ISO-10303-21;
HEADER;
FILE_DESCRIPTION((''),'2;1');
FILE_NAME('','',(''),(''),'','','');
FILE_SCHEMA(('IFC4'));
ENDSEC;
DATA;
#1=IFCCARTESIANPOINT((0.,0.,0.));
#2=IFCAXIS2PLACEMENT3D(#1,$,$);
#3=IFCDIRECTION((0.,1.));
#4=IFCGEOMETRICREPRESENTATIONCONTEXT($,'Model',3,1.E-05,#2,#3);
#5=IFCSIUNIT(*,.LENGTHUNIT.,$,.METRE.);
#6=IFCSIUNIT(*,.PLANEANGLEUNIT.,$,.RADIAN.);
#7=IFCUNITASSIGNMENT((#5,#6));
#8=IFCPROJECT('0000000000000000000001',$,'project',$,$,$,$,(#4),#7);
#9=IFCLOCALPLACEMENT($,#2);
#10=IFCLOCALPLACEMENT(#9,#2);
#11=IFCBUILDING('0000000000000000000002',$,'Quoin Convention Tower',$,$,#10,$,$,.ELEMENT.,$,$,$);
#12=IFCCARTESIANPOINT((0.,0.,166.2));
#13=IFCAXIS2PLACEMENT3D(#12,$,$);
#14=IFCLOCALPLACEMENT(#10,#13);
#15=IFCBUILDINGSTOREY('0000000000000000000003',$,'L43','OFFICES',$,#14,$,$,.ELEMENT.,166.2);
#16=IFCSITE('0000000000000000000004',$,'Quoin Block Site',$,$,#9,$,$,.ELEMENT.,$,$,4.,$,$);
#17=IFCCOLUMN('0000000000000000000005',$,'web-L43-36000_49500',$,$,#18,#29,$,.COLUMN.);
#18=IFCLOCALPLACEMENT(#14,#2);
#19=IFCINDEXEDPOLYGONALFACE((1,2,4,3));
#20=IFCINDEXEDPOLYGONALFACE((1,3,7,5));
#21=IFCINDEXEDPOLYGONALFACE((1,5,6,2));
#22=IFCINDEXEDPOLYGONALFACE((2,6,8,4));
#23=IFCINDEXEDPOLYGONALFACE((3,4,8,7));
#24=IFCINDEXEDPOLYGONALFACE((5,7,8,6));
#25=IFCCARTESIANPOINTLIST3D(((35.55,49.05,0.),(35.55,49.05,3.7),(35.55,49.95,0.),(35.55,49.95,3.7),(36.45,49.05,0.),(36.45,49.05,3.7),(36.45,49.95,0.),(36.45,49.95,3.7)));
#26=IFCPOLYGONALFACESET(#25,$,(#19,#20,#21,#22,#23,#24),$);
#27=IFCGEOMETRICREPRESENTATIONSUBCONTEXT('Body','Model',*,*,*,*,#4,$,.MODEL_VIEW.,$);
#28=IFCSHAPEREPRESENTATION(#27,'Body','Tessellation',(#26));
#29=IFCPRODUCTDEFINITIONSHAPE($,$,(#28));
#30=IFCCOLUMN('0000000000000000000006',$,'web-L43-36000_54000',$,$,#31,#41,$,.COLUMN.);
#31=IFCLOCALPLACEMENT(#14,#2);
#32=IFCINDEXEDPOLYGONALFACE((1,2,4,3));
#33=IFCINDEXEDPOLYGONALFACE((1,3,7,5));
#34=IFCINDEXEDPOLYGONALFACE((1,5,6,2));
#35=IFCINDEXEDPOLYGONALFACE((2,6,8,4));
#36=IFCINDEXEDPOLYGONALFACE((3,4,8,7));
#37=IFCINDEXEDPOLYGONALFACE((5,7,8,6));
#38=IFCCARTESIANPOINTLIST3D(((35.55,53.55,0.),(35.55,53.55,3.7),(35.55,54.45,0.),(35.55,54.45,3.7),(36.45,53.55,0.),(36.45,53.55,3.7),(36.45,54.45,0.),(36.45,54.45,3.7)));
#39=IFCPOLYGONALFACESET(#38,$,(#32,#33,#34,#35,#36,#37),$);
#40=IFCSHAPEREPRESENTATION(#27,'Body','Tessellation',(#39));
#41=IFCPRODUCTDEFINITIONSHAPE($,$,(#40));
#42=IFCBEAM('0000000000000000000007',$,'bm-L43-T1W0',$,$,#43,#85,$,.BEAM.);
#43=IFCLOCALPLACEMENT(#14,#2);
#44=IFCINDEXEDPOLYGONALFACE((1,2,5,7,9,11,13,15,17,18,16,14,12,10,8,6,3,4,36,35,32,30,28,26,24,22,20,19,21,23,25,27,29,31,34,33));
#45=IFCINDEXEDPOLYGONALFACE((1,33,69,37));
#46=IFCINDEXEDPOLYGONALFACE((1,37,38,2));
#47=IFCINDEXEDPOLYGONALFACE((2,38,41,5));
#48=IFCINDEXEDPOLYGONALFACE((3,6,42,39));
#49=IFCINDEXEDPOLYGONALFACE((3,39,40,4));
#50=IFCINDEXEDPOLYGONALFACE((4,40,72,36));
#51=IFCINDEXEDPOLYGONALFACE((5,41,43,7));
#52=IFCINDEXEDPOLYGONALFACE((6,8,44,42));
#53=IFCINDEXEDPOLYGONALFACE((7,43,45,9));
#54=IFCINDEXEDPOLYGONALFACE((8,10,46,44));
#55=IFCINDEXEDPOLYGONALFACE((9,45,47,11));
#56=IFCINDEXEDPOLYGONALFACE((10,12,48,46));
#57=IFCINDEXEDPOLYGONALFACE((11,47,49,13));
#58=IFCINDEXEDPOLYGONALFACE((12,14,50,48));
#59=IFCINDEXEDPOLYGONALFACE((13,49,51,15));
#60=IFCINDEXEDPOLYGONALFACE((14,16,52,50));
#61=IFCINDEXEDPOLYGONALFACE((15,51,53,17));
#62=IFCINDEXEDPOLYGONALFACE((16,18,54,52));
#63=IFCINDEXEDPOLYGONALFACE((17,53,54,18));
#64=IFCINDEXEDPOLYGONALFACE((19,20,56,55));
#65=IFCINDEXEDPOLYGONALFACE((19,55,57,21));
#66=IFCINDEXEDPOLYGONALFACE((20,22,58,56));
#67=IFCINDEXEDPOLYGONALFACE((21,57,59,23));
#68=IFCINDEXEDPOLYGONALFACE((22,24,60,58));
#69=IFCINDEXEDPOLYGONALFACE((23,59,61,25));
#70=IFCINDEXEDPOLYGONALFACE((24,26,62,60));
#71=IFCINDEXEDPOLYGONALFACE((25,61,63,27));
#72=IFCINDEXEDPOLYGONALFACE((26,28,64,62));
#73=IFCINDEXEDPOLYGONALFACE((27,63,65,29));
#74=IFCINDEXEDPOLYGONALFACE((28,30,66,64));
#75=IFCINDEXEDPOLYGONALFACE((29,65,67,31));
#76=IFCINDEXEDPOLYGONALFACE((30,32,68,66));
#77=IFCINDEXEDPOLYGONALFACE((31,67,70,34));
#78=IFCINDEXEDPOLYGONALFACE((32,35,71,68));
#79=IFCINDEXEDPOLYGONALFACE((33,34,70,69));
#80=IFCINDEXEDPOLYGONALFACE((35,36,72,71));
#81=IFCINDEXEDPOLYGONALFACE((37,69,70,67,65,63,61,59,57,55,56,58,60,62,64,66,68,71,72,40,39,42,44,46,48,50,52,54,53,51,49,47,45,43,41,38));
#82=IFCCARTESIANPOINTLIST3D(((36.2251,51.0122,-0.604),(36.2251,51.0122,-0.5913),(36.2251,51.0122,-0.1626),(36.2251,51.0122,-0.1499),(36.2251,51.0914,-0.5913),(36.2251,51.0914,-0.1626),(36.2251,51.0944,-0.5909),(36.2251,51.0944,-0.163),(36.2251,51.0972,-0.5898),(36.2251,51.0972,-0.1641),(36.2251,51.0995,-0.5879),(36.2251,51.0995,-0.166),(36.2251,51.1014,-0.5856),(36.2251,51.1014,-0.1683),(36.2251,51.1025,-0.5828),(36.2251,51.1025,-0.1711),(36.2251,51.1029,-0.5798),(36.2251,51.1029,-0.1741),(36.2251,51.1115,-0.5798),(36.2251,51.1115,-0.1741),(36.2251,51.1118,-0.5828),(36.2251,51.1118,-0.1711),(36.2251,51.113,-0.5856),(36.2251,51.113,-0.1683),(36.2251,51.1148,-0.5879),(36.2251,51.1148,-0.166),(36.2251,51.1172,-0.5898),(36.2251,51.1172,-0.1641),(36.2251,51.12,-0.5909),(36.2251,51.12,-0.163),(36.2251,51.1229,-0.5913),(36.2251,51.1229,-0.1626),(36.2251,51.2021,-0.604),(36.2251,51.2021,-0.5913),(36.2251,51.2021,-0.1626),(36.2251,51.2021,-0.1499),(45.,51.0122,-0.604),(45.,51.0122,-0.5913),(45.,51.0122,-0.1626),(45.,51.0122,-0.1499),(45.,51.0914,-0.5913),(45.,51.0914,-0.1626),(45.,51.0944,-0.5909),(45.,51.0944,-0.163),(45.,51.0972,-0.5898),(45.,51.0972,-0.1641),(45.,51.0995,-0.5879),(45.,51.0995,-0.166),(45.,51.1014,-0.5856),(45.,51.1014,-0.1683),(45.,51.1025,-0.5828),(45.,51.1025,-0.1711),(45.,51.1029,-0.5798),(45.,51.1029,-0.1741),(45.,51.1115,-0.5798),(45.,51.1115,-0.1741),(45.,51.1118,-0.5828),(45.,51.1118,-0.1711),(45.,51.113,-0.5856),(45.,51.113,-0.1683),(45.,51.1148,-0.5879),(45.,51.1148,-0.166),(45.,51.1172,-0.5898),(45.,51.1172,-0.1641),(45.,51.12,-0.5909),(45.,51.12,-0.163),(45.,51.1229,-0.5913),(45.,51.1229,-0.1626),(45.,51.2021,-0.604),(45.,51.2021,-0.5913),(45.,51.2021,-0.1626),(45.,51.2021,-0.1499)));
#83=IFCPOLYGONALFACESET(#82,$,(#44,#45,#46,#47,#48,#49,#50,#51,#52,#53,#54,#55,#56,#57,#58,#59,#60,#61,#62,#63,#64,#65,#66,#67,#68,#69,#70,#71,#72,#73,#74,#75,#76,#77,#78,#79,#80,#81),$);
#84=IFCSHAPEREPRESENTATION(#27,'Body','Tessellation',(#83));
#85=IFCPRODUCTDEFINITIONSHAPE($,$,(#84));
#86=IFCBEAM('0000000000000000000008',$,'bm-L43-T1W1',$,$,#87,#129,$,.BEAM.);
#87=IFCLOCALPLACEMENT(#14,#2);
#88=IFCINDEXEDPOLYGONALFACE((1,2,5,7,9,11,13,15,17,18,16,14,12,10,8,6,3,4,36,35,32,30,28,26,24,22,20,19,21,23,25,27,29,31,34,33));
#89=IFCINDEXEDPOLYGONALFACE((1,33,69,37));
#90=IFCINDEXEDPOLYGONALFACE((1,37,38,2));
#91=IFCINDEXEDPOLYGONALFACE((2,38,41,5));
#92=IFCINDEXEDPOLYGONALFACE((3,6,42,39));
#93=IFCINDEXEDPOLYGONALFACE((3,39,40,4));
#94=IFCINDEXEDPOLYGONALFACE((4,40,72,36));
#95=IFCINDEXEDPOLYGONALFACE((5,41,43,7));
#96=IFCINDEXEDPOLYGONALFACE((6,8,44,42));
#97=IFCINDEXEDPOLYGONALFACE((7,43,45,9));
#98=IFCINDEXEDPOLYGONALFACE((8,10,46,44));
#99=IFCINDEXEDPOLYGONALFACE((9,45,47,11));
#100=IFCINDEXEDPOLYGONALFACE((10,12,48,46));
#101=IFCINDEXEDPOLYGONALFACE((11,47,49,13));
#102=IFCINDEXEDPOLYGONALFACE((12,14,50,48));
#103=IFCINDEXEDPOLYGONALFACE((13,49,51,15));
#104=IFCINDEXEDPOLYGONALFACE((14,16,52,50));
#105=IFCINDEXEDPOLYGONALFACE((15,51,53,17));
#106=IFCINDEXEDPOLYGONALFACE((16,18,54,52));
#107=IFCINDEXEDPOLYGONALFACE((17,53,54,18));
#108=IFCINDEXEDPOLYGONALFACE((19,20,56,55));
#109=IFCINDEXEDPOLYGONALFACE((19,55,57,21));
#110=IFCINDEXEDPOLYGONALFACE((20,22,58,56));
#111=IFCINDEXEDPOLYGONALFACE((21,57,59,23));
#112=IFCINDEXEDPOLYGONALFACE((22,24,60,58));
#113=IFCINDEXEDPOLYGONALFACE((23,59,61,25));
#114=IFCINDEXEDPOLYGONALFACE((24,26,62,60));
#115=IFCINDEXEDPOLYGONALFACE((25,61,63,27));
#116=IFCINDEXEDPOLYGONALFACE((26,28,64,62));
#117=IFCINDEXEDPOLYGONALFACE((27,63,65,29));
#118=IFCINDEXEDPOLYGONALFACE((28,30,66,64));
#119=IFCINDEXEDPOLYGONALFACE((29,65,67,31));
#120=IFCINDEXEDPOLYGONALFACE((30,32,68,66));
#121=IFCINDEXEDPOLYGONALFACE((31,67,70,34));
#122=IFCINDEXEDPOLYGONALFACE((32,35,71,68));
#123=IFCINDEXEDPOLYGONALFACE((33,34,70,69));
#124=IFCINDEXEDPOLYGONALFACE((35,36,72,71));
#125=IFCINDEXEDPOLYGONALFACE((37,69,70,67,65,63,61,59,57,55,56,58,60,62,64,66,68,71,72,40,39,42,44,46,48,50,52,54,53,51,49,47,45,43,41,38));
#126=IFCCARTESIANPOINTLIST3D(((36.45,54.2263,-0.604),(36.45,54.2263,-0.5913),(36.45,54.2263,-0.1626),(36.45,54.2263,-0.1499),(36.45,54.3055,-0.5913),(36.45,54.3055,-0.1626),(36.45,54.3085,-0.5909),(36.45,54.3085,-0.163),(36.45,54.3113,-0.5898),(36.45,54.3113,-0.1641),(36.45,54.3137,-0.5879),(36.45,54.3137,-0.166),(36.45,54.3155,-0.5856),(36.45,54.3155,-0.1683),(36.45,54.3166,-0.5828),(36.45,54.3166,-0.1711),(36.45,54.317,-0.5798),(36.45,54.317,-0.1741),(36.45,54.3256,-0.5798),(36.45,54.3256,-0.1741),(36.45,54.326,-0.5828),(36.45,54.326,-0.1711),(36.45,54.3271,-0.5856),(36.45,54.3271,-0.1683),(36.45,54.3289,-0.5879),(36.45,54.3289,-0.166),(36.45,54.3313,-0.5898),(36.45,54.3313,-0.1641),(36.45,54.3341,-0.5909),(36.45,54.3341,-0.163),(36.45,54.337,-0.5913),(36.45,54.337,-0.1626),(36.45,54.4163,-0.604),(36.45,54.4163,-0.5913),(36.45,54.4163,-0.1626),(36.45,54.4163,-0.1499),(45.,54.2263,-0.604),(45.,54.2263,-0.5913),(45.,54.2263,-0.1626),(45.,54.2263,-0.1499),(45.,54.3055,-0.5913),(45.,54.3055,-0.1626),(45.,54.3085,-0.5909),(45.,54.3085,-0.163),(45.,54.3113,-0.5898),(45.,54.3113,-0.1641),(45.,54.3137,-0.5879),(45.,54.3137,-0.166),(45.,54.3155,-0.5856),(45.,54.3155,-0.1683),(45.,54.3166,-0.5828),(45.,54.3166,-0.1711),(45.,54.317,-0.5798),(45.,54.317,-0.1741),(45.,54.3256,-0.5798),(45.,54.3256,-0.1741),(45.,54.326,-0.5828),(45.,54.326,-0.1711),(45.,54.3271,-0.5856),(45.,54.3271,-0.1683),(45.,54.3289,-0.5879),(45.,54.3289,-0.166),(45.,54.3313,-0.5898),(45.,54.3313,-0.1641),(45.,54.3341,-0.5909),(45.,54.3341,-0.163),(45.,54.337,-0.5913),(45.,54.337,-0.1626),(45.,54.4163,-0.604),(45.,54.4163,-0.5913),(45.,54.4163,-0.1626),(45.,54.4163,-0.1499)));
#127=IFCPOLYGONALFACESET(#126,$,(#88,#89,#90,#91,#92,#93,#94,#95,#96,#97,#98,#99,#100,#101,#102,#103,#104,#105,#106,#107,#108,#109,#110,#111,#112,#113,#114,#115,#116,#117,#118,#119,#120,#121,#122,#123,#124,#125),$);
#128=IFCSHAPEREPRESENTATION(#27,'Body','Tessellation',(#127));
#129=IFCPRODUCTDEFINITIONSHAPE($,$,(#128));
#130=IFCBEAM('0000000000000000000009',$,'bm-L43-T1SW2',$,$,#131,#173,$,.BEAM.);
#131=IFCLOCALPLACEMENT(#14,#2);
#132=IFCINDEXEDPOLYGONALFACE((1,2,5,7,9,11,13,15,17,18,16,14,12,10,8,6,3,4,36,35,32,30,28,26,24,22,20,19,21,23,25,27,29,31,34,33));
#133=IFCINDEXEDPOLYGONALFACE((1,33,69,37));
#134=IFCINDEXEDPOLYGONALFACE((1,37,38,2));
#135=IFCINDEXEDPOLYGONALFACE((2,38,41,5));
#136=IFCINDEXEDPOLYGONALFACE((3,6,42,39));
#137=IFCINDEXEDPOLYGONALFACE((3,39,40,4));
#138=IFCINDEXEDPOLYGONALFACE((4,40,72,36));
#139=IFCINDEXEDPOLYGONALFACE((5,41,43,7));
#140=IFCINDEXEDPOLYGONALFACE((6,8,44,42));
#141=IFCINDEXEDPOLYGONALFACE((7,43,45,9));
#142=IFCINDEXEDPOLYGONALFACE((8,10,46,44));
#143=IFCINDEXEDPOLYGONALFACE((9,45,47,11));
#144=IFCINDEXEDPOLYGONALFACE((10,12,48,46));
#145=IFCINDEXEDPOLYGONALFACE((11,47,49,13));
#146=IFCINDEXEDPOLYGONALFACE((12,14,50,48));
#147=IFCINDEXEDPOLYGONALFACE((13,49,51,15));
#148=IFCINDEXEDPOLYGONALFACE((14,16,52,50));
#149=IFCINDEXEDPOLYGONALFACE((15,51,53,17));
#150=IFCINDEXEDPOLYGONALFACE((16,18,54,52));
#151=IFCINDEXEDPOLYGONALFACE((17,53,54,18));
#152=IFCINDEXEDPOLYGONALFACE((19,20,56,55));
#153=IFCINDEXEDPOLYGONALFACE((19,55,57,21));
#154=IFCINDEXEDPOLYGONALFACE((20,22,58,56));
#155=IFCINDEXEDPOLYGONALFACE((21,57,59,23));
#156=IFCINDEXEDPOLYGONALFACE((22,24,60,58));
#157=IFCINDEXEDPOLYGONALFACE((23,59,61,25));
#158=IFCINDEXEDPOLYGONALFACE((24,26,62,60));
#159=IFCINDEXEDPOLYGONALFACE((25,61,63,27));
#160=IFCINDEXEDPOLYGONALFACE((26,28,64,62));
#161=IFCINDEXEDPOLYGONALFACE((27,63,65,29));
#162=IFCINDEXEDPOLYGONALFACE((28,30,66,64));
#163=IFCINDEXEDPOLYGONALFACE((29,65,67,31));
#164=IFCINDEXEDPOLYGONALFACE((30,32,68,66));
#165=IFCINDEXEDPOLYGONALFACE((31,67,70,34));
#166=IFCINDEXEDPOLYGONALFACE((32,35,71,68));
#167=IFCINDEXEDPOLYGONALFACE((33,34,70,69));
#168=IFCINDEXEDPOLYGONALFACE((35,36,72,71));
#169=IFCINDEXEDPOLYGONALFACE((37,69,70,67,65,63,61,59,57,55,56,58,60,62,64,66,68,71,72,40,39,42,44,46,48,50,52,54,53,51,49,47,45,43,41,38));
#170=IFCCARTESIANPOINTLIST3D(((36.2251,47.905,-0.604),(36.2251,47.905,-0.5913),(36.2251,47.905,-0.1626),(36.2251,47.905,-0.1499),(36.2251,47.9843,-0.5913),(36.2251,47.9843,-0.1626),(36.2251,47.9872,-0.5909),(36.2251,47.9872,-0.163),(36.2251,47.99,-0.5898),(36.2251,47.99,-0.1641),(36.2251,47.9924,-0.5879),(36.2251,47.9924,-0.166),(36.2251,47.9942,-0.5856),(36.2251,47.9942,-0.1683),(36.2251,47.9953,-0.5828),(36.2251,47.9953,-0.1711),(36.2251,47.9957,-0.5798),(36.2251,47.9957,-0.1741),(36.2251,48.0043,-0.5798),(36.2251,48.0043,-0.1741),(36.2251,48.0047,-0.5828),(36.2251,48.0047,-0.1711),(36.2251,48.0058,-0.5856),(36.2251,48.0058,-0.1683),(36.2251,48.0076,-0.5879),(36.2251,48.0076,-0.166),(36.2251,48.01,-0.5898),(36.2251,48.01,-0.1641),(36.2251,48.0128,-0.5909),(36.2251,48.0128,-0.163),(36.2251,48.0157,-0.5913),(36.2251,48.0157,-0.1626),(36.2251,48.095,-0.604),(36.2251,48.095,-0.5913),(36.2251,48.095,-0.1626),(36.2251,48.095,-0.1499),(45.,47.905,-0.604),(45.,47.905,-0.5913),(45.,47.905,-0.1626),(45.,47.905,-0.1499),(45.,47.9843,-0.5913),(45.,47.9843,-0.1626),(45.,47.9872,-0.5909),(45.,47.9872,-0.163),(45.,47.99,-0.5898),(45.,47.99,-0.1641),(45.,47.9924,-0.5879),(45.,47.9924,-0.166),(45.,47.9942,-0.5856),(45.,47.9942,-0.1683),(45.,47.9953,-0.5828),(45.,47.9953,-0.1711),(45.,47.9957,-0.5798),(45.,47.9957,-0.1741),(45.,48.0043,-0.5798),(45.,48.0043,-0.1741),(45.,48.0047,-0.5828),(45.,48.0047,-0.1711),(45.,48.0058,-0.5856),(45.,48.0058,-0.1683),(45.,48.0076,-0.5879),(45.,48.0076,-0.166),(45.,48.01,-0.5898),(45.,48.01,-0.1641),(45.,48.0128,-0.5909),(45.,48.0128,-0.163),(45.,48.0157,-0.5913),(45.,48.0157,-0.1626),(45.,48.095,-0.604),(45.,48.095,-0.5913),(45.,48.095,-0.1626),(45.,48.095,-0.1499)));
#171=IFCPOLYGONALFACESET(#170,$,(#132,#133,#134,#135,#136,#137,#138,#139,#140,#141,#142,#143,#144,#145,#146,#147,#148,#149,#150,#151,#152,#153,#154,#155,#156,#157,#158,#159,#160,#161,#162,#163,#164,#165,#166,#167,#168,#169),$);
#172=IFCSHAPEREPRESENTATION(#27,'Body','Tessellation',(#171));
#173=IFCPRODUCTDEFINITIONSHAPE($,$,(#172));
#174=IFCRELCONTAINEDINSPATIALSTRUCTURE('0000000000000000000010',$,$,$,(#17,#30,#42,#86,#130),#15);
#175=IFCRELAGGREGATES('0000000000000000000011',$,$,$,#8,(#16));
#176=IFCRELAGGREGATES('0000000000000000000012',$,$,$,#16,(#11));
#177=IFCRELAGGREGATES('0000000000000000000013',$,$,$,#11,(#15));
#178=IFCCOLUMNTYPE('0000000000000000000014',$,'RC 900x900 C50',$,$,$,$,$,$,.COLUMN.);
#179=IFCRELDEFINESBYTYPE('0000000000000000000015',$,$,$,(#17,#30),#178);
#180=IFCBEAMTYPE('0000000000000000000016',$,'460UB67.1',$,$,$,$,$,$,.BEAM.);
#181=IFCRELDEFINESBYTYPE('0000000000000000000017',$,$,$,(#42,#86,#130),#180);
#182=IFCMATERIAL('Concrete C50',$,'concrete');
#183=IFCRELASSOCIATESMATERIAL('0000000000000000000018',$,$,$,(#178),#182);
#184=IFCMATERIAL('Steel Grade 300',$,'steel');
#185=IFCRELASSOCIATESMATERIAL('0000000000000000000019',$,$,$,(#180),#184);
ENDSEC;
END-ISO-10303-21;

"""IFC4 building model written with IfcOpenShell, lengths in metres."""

from ifc_helpers import new_model, si_unit, direction, frame, origin, origin_2d, place, context, subcontext, project, spatial, rectangle, i_section, extrude, material, material_profile, profile_set, type_object, element, save


model = new_model("IFC4")

# Units and contexts
model_context = context("Model", 3, precision=1e-05, world=origin(), true_north=direction((0.0, 1.0)))
body_context = subcontext(model_context, "Body", "Model", "MODEL_VIEW")
ifc_project = project(units=[si_unit("LENGTHUNIT", "METRE"), si_unit("PLANEANGLEUNIT", "RADIAN")], contexts=[model_context])

# Site, building, storey
site_placement = place(None, origin())
site = spatial("IfcSite", under=ifc_project, at=site_placement, Name="Quoin Block Site", CompositionType="ELEMENT", RefElevation=4.0)
building_placement = place(site_placement, origin())
building = spatial("IfcBuilding", under=site, at=building_placement, Name="Quoin Convention Tower", CompositionType="ELEMENT")
storey_placement = place(building_placement, frame((0.0, 0.0, 166.2)))
storey = spatial("IfcBuildingStorey", under=building, at=storey_placement, Name="L43", Description="OFFICES", CompositionType="ELEMENT", Elevation=166.2)

# Columns
ifc_material_1 = material(Name="Concrete C50", Category="concrete")
ifc_material_profile_1 = material_profile(ifc_material_1, rectangle(XDim=0.8999, YDim=0.8999, at=origin_2d()), Name="RC 900x900")
ifc_profile_set_1 = profile_set([ifc_material_profile_1], Name="Concrete C50")
column_type = type_object("IfcColumnType", Name="RC 900x900 C50", PredefinedType="COLUMN", material=ifc_profile_set_1)
for number, where, z_axis, x_axis, name in (
    (1, (36.0, 49.5, 0.0), (0.0, 0.0, 1.0), (1.0, 0.0, 0.0), "web-L43-36000_49500"),
    (2, (36.0, 54.0, 0.0), (0.0, 0.0, 1.0), (1.0, 0.0, 0.0), "web-L43-36000_54000"),
):
    element("IfcColumn", number, at=place(storey_placement, frame(where, z_axis=z_axis, x_axis=x_axis)), inside=storey, type_object=column_type, Name=name, PredefinedType="COLUMN", context=body_context, shape_type="SweptSolid", body=[
        extrude(rectangle(XDim=0.8999, YDim=0.8999, at=origin_2d()), origin(), (0.0, 0.0, 1.0), 3.7),
    ])

# Beams
ifc_material_2 = material(Name="Steel Grade 300", Category="steel")
ifc_material_profile_2 = material_profile(ifc_material_2, i_section(OverallWidth=0.1899, OverallDepth=0.4541, WebThickness=0.0085, FlangeThickness=0.0127, FilletRadius=0.0115, at=origin_2d()), Name="460UB67.1")
ifc_profile_set_2 = profile_set([ifc_material_profile_2], Name="Steel Grade 300")
beam_type_1 = type_object("IfcBeamType", Name="460UB67.1", PredefinedType="BEAM", material=ifc_profile_set_2)
beam_1_placement = place(storey_placement, frame((36.2251, 51.1072, -0.377), z_axis=(1.0, 0.0, 0.0), x_axis=(0.0, 1.0, 0.0)))
element("IfcBeam", 3, at=beam_1_placement, inside=storey, type_object=beam_type_1, Name="bm-L43-T1W0", PredefinedType="BEAM", context=body_context, shape_type="SweptSolid", body=[
    extrude(i_section(OverallWidth=0.1899, OverallDepth=0.4541, WebThickness=0.0085, FlangeThickness=0.0127, FilletRadius=0.0115, at=origin_2d()), origin(), (0.0, 0.0, 1.0), 8.7749),
])
beam_2_placement = place(storey_placement, frame((36.45, 54.3213, -0.377), z_axis=(1.0, 0.0, 0.0), x_axis=(0.0, 1.0, 0.0)))
element("IfcBeam", 4, at=beam_2_placement, inside=storey, type_object=beam_type_1, Name="bm-L43-T1W1", PredefinedType="BEAM", context=body_context, shape_type="SweptSolid", body=[
    extrude(i_section(OverallWidth=0.1899, OverallDepth=0.4541, WebThickness=0.0085, FlangeThickness=0.0127, FilletRadius=0.0115, at=origin_2d()), origin(), (0.0, 0.0, 1.0), 8.55),
])
beam_3_placement = place(storey_placement, frame((36.2251, 48.0, -0.377), z_axis=(1.0, 0.0, 0.0), x_axis=(0.0, 1.0, 0.0)))
element("IfcBeam", 5, at=beam_3_placement, inside=storey, type_object=beam_type_1, Name="bm-L43-T1SW2", PredefinedType="BEAM", context=body_context, shape_type="SweptSolid", body=[
    extrude(i_section(OverallWidth=0.1899, OverallDepth=0.4541, WebThickness=0.0085, FlangeThickness=0.0127, FilletRadius=0.0115, at=origin_2d()), origin(), (0.0, 0.0, 1.0), 8.7749),
])

save(model, "model.ifc")
